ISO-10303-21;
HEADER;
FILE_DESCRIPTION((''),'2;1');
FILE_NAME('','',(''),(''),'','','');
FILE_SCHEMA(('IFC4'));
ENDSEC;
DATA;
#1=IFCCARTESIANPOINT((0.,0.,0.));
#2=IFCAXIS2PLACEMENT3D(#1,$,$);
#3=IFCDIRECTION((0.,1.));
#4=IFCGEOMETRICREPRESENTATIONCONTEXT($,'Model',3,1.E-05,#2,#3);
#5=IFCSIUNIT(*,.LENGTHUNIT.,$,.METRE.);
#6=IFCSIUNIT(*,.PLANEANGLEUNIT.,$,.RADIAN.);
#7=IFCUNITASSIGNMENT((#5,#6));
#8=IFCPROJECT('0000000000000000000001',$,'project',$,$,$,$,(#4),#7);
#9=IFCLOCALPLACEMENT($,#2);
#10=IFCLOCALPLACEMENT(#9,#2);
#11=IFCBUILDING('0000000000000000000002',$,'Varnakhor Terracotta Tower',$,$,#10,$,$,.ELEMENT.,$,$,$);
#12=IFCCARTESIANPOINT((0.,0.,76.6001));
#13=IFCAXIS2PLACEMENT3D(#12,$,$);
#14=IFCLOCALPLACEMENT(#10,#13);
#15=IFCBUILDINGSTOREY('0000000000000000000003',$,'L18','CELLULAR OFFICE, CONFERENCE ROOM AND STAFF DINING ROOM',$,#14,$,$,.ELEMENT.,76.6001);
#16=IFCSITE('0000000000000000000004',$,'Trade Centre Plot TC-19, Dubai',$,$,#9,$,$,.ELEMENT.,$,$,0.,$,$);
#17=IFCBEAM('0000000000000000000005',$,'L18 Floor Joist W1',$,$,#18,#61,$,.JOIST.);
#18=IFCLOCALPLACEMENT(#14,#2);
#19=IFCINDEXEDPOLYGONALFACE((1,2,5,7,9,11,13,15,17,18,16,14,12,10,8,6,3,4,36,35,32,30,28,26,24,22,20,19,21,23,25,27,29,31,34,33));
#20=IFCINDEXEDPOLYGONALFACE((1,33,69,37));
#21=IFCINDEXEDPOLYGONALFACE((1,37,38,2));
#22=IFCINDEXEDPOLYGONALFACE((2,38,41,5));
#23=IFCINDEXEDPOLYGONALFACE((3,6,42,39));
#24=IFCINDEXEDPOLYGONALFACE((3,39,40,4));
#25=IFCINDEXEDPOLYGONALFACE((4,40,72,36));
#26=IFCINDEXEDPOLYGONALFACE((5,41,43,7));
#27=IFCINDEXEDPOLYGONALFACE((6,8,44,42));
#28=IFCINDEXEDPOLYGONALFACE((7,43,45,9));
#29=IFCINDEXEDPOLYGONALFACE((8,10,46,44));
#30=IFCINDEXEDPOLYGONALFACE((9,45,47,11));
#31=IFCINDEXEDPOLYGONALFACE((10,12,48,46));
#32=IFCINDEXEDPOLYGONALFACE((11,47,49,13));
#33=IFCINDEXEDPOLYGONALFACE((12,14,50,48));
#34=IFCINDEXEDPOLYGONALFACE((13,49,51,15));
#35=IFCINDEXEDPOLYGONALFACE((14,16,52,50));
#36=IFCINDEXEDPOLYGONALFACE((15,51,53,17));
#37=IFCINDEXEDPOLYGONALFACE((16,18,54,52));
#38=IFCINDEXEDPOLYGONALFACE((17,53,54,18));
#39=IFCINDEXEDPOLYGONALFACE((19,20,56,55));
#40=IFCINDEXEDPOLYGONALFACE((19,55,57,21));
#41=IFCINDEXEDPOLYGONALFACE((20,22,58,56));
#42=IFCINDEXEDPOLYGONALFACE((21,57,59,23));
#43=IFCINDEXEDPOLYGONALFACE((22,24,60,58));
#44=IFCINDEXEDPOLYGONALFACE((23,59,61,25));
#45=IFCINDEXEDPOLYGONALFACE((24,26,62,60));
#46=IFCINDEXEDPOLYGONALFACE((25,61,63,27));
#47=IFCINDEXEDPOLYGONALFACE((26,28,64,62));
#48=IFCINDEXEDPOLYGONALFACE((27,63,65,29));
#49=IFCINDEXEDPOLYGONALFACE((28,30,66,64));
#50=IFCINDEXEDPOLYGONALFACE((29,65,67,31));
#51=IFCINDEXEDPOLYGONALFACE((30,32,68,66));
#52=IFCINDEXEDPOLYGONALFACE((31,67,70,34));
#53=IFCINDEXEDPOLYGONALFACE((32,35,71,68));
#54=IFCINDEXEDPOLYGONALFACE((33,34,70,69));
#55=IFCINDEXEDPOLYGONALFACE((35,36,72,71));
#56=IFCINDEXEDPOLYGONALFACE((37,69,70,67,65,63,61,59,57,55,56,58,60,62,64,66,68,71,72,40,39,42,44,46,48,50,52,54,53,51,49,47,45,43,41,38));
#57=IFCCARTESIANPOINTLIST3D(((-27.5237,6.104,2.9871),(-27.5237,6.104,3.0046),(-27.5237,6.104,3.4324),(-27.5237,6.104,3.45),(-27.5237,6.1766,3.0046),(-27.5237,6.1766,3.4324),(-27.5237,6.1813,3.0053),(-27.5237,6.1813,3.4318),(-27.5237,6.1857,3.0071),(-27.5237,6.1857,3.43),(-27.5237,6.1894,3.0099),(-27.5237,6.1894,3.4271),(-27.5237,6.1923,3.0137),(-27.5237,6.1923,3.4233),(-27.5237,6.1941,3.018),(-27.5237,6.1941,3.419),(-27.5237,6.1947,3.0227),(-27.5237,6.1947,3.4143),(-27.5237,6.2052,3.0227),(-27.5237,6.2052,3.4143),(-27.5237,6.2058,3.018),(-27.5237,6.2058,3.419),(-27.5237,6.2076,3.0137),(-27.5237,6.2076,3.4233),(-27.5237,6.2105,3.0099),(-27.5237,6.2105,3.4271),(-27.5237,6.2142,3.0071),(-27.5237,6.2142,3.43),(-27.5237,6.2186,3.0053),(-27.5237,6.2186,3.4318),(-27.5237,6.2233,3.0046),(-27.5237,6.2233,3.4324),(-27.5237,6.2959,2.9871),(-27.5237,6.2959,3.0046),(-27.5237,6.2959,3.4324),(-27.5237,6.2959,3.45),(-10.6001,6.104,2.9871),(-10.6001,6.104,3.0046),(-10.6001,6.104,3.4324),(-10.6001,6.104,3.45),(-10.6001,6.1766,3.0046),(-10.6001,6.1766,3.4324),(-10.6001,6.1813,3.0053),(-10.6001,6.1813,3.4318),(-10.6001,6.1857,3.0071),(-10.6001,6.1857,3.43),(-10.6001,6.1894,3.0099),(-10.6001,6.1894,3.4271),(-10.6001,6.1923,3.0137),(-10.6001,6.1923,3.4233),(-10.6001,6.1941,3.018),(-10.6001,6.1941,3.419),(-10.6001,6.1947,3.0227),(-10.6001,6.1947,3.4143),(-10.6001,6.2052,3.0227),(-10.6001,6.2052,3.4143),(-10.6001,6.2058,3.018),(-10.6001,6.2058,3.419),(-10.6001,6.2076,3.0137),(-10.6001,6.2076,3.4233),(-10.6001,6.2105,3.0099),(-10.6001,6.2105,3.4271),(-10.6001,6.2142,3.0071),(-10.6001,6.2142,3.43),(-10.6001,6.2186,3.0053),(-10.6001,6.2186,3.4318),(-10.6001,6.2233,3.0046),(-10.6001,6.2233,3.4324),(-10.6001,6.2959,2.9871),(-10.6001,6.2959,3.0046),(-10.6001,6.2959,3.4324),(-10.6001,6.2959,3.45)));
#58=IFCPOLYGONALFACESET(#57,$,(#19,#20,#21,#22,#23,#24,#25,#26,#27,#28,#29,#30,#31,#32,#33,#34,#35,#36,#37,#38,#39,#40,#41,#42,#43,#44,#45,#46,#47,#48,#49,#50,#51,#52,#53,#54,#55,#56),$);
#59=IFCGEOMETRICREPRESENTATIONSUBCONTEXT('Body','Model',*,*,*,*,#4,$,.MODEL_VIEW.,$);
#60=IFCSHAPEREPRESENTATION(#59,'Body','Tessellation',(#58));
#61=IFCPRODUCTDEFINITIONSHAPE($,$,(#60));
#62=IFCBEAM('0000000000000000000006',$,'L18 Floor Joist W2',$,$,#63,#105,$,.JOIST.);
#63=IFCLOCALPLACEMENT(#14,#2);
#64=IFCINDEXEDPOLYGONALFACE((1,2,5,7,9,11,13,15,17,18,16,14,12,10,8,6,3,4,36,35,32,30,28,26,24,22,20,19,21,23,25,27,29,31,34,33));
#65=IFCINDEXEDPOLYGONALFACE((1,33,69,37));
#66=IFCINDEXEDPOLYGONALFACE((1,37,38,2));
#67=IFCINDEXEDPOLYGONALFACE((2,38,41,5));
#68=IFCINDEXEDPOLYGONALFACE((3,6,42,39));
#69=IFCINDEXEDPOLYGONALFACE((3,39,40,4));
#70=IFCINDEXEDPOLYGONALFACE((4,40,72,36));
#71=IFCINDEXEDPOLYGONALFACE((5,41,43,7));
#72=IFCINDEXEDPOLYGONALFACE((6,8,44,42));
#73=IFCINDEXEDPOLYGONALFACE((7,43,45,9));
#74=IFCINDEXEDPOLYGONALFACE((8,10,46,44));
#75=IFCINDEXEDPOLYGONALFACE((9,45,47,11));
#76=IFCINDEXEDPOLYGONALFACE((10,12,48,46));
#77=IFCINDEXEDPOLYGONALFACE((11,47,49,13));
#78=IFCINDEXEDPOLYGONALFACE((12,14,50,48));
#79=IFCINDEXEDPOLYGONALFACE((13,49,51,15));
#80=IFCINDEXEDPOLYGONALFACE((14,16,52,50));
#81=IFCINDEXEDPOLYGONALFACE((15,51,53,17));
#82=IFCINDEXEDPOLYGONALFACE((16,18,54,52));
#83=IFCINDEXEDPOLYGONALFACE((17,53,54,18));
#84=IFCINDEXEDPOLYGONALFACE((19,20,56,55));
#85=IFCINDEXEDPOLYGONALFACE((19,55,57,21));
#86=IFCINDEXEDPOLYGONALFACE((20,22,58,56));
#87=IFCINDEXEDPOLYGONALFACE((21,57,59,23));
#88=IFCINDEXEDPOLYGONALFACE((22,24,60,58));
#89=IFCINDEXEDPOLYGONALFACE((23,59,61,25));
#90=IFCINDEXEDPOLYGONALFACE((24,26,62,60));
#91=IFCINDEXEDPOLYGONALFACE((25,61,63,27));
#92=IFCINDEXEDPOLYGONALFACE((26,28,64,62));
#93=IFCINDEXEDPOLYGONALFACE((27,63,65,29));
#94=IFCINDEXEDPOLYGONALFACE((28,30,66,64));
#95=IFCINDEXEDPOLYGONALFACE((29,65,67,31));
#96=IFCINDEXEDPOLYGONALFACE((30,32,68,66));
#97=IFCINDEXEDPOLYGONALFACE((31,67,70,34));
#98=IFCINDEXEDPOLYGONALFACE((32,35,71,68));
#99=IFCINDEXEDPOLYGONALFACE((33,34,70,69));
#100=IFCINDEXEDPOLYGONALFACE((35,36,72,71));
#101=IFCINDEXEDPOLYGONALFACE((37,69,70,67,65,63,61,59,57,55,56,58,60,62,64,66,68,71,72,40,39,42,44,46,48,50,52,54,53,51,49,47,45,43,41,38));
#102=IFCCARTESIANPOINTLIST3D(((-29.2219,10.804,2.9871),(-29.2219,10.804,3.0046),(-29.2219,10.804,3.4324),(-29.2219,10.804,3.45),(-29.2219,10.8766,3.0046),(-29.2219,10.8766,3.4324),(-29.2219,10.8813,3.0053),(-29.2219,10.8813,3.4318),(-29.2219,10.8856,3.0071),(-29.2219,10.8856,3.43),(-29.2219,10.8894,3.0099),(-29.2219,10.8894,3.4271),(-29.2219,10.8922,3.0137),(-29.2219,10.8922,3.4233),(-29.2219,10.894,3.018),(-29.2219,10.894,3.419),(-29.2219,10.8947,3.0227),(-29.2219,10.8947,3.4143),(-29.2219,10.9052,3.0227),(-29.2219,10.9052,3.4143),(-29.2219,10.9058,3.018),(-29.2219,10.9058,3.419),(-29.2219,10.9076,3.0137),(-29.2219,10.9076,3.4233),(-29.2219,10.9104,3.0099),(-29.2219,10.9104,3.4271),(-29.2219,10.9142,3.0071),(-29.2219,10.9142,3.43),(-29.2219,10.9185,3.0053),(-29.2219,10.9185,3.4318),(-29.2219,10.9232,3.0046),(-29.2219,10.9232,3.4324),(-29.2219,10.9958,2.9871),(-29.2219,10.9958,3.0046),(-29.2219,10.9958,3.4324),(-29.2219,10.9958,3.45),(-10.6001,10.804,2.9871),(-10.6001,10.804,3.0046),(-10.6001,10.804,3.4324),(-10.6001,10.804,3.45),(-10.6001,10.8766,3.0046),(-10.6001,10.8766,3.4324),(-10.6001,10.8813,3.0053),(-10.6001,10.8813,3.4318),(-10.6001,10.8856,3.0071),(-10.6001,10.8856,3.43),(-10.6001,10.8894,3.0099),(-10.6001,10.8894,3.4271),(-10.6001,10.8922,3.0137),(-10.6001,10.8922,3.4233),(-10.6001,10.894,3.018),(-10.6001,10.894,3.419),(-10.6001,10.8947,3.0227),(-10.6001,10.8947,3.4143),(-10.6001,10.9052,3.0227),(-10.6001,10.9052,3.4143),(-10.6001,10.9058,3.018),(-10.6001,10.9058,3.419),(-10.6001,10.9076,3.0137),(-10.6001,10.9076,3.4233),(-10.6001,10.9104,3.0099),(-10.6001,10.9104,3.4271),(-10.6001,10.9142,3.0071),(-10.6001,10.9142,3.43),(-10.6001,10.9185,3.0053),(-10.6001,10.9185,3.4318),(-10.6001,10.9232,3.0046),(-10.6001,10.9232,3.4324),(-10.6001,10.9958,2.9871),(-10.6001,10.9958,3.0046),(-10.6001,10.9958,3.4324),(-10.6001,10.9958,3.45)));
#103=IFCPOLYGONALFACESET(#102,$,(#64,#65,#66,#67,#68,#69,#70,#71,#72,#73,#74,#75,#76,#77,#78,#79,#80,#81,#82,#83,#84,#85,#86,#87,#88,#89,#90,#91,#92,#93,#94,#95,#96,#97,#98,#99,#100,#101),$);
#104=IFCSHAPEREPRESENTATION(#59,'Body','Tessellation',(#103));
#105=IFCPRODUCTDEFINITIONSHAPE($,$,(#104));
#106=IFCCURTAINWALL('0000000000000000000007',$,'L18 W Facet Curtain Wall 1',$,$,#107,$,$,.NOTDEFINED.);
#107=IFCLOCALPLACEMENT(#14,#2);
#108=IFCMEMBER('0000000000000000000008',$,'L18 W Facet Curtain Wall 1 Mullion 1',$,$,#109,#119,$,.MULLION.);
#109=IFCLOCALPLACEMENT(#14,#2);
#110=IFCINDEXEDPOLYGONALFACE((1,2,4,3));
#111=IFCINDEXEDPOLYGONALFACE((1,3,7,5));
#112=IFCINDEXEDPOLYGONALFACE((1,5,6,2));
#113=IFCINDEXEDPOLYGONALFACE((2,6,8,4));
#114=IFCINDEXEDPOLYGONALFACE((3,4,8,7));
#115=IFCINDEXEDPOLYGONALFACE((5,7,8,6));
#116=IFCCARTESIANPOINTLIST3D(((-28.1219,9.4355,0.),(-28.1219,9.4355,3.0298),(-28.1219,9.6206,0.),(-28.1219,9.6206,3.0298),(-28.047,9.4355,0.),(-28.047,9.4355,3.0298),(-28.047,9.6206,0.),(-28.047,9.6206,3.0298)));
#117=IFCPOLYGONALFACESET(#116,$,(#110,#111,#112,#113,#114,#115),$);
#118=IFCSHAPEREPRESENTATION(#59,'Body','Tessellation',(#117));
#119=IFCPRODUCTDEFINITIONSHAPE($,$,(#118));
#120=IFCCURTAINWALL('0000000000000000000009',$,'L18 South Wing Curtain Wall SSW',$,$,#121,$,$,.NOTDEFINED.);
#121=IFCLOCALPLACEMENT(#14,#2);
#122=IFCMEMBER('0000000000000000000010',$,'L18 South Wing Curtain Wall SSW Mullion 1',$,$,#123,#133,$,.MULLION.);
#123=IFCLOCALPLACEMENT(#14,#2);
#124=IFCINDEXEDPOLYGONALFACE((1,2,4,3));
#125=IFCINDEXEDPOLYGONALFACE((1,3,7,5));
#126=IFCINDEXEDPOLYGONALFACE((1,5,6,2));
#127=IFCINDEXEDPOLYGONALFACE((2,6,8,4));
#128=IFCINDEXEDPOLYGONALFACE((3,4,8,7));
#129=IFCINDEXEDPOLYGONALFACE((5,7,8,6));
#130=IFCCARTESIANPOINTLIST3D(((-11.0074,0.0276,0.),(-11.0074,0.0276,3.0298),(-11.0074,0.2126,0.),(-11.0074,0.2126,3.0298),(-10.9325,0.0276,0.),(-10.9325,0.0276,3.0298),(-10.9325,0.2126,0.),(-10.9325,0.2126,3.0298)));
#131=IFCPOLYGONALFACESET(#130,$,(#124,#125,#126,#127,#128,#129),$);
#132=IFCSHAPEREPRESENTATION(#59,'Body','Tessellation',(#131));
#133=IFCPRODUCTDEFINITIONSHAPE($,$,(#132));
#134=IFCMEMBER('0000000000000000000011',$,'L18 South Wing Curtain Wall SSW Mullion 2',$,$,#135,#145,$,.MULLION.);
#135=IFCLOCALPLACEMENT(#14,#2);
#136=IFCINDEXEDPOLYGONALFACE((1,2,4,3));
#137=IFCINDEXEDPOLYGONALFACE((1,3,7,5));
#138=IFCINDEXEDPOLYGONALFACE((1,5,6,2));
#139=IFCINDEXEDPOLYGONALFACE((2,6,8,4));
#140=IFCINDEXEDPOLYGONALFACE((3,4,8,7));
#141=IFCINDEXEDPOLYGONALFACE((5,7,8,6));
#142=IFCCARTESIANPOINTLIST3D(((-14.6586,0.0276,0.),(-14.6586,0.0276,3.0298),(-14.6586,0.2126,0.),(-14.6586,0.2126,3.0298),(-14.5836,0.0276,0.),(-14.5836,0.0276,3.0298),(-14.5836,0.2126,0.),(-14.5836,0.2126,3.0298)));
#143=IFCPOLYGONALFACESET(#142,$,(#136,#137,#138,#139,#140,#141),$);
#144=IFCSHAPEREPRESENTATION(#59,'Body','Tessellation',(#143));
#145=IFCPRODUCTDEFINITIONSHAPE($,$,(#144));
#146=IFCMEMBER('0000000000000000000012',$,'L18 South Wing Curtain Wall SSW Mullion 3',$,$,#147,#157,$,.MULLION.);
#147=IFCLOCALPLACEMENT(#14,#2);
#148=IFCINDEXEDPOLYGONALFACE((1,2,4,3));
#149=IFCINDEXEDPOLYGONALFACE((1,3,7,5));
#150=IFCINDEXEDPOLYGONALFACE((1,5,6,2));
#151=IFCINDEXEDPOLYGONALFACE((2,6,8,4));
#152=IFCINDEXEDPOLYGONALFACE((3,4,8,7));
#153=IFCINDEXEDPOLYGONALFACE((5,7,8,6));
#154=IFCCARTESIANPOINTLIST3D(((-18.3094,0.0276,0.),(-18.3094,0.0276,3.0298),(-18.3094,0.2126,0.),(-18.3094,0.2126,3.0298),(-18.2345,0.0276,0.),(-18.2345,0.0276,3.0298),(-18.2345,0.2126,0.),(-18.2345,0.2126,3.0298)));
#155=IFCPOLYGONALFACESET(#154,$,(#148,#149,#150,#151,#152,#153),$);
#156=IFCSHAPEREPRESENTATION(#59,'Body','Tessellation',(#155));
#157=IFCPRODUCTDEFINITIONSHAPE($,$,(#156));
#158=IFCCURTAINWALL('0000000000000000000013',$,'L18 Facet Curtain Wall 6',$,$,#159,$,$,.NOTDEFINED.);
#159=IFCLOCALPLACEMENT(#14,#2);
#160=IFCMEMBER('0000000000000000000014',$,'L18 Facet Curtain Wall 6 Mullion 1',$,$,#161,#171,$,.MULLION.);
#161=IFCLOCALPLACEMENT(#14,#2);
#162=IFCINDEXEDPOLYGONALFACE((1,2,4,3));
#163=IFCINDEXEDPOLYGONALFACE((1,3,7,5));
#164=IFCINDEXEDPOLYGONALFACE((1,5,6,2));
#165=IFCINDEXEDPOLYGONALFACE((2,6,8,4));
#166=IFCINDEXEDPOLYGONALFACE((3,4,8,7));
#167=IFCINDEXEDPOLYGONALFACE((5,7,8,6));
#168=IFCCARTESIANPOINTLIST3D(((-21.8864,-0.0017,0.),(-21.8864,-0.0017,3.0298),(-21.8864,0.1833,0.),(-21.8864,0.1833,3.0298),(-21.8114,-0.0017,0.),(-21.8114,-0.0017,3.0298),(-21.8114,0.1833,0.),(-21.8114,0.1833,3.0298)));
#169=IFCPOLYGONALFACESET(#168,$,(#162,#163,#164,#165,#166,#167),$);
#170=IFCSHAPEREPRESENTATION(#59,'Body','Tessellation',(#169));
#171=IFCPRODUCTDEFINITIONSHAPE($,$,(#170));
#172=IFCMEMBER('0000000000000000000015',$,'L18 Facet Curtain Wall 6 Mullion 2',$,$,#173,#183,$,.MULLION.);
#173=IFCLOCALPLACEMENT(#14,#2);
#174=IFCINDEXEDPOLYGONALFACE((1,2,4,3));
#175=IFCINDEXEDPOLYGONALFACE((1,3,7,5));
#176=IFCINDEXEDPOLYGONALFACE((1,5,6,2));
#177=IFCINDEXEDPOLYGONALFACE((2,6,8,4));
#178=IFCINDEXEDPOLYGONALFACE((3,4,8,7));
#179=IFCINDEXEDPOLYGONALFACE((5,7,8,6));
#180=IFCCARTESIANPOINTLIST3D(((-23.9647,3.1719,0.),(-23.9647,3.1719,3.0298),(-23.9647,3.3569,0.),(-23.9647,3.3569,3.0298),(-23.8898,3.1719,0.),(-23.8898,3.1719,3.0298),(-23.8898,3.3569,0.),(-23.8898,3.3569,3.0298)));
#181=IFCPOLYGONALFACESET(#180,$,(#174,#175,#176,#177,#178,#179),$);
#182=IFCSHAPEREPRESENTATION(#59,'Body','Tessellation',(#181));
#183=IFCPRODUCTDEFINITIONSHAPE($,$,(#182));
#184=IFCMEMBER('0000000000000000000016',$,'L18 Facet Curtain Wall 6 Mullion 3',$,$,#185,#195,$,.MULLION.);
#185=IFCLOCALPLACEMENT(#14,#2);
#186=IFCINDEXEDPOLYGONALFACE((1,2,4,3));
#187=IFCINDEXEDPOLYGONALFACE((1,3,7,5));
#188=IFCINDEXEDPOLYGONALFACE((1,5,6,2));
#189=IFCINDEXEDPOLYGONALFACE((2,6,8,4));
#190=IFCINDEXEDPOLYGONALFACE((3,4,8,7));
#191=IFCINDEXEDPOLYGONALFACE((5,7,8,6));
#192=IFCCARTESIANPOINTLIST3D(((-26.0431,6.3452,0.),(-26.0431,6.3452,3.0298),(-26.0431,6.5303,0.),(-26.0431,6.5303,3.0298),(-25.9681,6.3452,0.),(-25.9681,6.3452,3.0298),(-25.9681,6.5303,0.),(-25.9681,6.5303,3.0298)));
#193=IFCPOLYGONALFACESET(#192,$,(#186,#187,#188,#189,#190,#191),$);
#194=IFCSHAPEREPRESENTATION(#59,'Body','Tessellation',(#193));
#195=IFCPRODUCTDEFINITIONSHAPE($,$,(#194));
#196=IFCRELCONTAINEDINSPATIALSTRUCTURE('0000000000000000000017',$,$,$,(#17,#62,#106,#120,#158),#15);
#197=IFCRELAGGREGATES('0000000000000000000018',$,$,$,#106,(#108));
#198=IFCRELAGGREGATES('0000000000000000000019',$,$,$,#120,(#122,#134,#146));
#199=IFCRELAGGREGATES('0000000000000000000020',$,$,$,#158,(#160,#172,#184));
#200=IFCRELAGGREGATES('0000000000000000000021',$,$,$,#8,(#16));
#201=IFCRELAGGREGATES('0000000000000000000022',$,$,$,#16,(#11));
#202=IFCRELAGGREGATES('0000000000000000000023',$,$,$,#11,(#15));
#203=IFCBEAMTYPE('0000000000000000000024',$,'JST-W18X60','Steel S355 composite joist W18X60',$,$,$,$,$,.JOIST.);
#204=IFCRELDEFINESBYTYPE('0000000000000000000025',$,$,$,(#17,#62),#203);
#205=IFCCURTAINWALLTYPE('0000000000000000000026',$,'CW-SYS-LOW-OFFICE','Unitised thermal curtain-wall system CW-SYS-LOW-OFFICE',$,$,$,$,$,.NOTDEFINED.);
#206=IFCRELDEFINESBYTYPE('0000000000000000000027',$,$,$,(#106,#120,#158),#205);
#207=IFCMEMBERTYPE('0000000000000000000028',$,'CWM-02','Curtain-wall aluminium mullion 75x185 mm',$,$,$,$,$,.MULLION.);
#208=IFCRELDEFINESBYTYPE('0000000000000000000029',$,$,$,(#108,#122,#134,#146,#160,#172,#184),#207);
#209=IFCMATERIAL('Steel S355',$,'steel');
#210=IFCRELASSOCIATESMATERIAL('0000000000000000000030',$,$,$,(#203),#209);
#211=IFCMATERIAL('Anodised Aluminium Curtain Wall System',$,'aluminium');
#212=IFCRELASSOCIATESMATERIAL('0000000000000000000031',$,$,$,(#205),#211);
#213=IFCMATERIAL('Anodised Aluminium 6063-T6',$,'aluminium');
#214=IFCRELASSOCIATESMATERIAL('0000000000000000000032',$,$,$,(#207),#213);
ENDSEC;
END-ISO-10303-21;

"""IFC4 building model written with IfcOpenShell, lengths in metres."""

from ifc_helpers import new_model, si_unit, direction, frame, origin, origin_2d, place, context, subcontext, project, spatial, rectangle, i_section, extrude, source, transform, mapped, material, material_profile, profile_set, type_object, element, aggregate, save


model = new_model("IFC4")

# Units and contexts
model_context = context("Model", 3, precision=1e-05, world=origin(), true_north=direction((0.0, 1.0)))
body_context = subcontext(model_context, "Body", "Model", "MODEL_VIEW")
ifc_project = project(units=[si_unit("LENGTHUNIT", "METRE"), si_unit("PLANEANGLEUNIT", "RADIAN")], contexts=[model_context])

# Site, building, storey
site_placement = place(None, origin())
site = spatial("IfcSite", under=ifc_project, at=site_placement, Name="Trade Centre Plot TC-19, Dubai", CompositionType="ELEMENT", RefElevation=0.0)
building_placement = place(site_placement, origin())
building = spatial("IfcBuilding", under=site, at=building_placement, Name="Varnakhor Terracotta Tower", CompositionType="ELEMENT")
storey_placement = place(building_placement, frame((0.0, 0.0, 76.6001)))
storey = spatial("IfcBuildingStorey", under=building, at=storey_placement, Name="L18", Description="CELLULAR OFFICE, CONFERENCE ROOM AND STAFF DINING ROOM", CompositionType="ELEMENT", Elevation=76.6001)

# Beams
ifc_material_1 = material(Name="Steel S355", Category="steel")
ifc_material_profile_1 = material_profile(ifc_material_1, i_section(OverallWidth=0.1919, OverallDepth=0.4629, WebThickness=0.0105, FlangeThickness=0.0176, FilletRadius=0.0181, at=origin_2d()), Name="W18X60")
ifc_profile_set_1 = profile_set([ifc_material_profile_1], Name="Steel S355")
beam_type_1 = type_object("IfcBeamType", Name="JST-W18X60", Description="Steel S355 composite joist W18X60", PredefinedType="JOIST", material=ifc_profile_set_1)
shared_shape_1 = source(origin(), body_context, "Body", "SweptSolid", [
    extrude(i_section(OverallWidth=0.1919, OverallDepth=0.4629, WebThickness=0.0105, FlangeThickness=0.0176, FilletRadius=0.0181, at=origin_2d()), origin(), (0.0, 0.0, 1.0), 16.9236),
])
beam_1_placement = place(storey_placement, frame((-27.5237, 6.2, 3.2185), z_axis=(1.0, 0.0, 0.0), x_axis=(0.0, 1.0, 0.0)))
element("IfcBeam", 1, at=beam_1_placement, inside=storey, type_object=beam_type_1, Name="L18 Floor Joist W1", PredefinedType="JOIST", context=body_context, shape_type="MappedRepresentation", body=[
    mapped(shared_shape_1, transform((0.0, 0.0, 0.0), scale=1.0)),
])
shared_shape_2 = source(origin(), body_context, "Body", "SweptSolid", [
    extrude(i_section(OverallWidth=0.1919, OverallDepth=0.4629, WebThickness=0.0105, FlangeThickness=0.0176, FilletRadius=0.0181, at=origin_2d()), origin(), (0.0, 0.0, 1.0), 18.6218),
])
beam_2_placement = place(storey_placement, frame((-29.2219, 10.8999, 3.2185), z_axis=(1.0, 0.0, 0.0), x_axis=(0.0, 1.0, 0.0)))
element("IfcBeam", 2, at=beam_2_placement, inside=storey, type_object=beam_type_1, Name="L18 Floor Joist W2", PredefinedType="JOIST", context=body_context, shape_type="MappedRepresentation", body=[
    mapped(shared_shape_2, transform((0.0, 0.0, 0.0), scale=1.0)),
])

# Curtain wall, member
ifc_material_2 = material(Name="Anodised Aluminium Curtain Wall System", Category="aluminium")
curtain_wall_type = type_object("IfcCurtainWallType", Name="CW-SYS-LOW-OFFICE", Description="Unitised thermal curtain-wall system CW-SYS-LOW-OFFICE", PredefinedType="NOTDEFINED", material=ifc_material_2)
curtain_wall_1_placement = place(storey_placement, origin())
curtain_wall_1 = element("IfcCurtainWall", 3, at=curtain_wall_1_placement, inside=storey, type_object=curtain_wall_type, Name="L18 W Facet Curtain Wall 1", PredefinedType="NOTDEFINED")
ifc_material_3 = material(Name="Anodised Aluminium 6063-T6", Category="aluminium")
ifc_material_profile_2 = material_profile(ifc_material_3, rectangle(XDim=0.075, YDim=0.1851, at=origin_2d()), Name="ALU MULLION 75x185")
ifc_profile_set_2 = profile_set([ifc_material_profile_2], Name="Anodised Aluminium 6063-T6")
member_type_1 = type_object("IfcMemberType", Name="CWM-02", Description="Curtain-wall aluminium mullion 75x185 mm", PredefinedType="MULLION", material=ifc_profile_set_2)
shared_shape_3 = source(origin(), body_context, "Body", "SweptSolid", [
    extrude(rectangle(XDim=0.075, YDim=0.1851, at=origin_2d()), origin(), (0.0, 0.0, 1.0), 3.0298),
])
member_1_placement = place(storey_placement, frame((-28.0845, 9.5281, 0.0), z_axis=(0.0, 0.0, 1.0), x_axis=(1.0, 0.0, 0.0)))
member_1 = element("IfcMember", 4, at=member_1_placement, type_object=member_type_1, Name="L18 W Facet Curtain Wall 1 Mullion 1", PredefinedType="MULLION", context=body_context, shape_type="MappedRepresentation", body=[
    mapped(shared_shape_3, transform((0.0, 0.0, 0.0), scale=1.0)),
])

# Curtain walls, members
curtain_wall_2_placement = place(storey_placement, origin())
curtain_wall_2 = element("IfcCurtainWall", 5, at=curtain_wall_2_placement, inside=storey, type_object=curtain_wall_type, Name="L18 South Wing Curtain Wall SSW", PredefinedType="NOTDEFINED")
member_2_placement = place(storey_placement, frame((-10.97, 0.1201, 0.0), z_axis=(0.0, 0.0, 1.0), x_axis=(1.0, 0.0, 0.0)))
member_2 = element("IfcMember", 6, at=member_2_placement, type_object=member_type_1, Name="L18 South Wing Curtain Wall SSW Mullion 1", PredefinedType="MULLION", context=body_context, shape_type="MappedRepresentation", body=[
    mapped(shared_shape_3, transform((0.0, 0.0, 0.0), scale=1.0)),
])
member_3_placement = place(storey_placement, frame((-14.6211, 0.1201, 0.0), z_axis=(0.0, 0.0, 1.0), x_axis=(1.0, 0.0, 0.0)))
member_3 = element("IfcMember", 7, at=member_3_placement, type_object=member_type_1, Name="L18 South Wing Curtain Wall SSW Mullion 2", PredefinedType="MULLION", context=body_context, shape_type="MappedRepresentation", body=[
    mapped(shared_shape_3, transform((0.0, 0.0, 0.0), scale=1.0)),
])
member_4_placement = place(storey_placement, frame((-18.272, 0.1201, 0.0), z_axis=(0.0, 0.0, 1.0), x_axis=(1.0, 0.0, 0.0)))
member_4 = element("IfcMember", 8, at=member_4_placement, type_object=member_type_1, Name="L18 South Wing Curtain Wall SSW Mullion 3", PredefinedType="MULLION", context=body_context, shape_type="MappedRepresentation", body=[
    mapped(shared_shape_3, transform((0.0, 0.0, 0.0), scale=1.0)),
])
curtain_wall_3_placement = place(storey_placement, origin())
curtain_wall_3 = element("IfcCurtainWall", 9, at=curtain_wall_3_placement, inside=storey, type_object=curtain_wall_type, Name="L18 Facet Curtain Wall 6", PredefinedType="NOTDEFINED")
member_5_placement = place(storey_placement, frame((-21.8489, 0.0908, 0.0), z_axis=(0.0, 0.0, 1.0), x_axis=(1.0, 0.0, 0.0)))
member_5 = element("IfcMember", 10, at=member_5_placement, type_object=member_type_1, Name="L18 Facet Curtain Wall 6 Mullion 1", PredefinedType="MULLION", context=body_context, shape_type="MappedRepresentation", body=[
    mapped(shared_shape_3, transform((0.0, 0.0, 0.0), scale=1.0)),
])
member_6_placement = place(storey_placement, frame((-23.9272, 3.2644, 0.0), z_axis=(0.0, 0.0, 1.0), x_axis=(1.0, 0.0, 0.0)))
member_6 = element("IfcMember", 11, at=member_6_placement, type_object=member_type_1, Name="L18 Facet Curtain Wall 6 Mullion 2", PredefinedType="MULLION", context=body_context, shape_type="MappedRepresentation", body=[
    mapped(shared_shape_3, transform((0.0, 0.0, 0.0), scale=1.0)),
])
member_7_placement = place(storey_placement, frame((-26.0056, 6.4377, 0.0), z_axis=(0.0, 0.0, 1.0), x_axis=(1.0, 0.0, 0.0)))
member_7 = element("IfcMember", 12, at=member_7_placement, type_object=member_type_1, Name="L18 Facet Curtain Wall 6 Mullion 3", PredefinedType="MULLION", context=body_context, shape_type="MappedRepresentation", body=[
    mapped(shared_shape_3, transform((0.0, 0.0, 0.0), scale=1.0)),
])

aggregate(curtain_wall_1, [member_1])
aggregate(curtain_wall_2, [member_2, member_3, member_4])
aggregate(curtain_wall_3, [member_5, member_6, member_7])

save(model, "model.ifc")
